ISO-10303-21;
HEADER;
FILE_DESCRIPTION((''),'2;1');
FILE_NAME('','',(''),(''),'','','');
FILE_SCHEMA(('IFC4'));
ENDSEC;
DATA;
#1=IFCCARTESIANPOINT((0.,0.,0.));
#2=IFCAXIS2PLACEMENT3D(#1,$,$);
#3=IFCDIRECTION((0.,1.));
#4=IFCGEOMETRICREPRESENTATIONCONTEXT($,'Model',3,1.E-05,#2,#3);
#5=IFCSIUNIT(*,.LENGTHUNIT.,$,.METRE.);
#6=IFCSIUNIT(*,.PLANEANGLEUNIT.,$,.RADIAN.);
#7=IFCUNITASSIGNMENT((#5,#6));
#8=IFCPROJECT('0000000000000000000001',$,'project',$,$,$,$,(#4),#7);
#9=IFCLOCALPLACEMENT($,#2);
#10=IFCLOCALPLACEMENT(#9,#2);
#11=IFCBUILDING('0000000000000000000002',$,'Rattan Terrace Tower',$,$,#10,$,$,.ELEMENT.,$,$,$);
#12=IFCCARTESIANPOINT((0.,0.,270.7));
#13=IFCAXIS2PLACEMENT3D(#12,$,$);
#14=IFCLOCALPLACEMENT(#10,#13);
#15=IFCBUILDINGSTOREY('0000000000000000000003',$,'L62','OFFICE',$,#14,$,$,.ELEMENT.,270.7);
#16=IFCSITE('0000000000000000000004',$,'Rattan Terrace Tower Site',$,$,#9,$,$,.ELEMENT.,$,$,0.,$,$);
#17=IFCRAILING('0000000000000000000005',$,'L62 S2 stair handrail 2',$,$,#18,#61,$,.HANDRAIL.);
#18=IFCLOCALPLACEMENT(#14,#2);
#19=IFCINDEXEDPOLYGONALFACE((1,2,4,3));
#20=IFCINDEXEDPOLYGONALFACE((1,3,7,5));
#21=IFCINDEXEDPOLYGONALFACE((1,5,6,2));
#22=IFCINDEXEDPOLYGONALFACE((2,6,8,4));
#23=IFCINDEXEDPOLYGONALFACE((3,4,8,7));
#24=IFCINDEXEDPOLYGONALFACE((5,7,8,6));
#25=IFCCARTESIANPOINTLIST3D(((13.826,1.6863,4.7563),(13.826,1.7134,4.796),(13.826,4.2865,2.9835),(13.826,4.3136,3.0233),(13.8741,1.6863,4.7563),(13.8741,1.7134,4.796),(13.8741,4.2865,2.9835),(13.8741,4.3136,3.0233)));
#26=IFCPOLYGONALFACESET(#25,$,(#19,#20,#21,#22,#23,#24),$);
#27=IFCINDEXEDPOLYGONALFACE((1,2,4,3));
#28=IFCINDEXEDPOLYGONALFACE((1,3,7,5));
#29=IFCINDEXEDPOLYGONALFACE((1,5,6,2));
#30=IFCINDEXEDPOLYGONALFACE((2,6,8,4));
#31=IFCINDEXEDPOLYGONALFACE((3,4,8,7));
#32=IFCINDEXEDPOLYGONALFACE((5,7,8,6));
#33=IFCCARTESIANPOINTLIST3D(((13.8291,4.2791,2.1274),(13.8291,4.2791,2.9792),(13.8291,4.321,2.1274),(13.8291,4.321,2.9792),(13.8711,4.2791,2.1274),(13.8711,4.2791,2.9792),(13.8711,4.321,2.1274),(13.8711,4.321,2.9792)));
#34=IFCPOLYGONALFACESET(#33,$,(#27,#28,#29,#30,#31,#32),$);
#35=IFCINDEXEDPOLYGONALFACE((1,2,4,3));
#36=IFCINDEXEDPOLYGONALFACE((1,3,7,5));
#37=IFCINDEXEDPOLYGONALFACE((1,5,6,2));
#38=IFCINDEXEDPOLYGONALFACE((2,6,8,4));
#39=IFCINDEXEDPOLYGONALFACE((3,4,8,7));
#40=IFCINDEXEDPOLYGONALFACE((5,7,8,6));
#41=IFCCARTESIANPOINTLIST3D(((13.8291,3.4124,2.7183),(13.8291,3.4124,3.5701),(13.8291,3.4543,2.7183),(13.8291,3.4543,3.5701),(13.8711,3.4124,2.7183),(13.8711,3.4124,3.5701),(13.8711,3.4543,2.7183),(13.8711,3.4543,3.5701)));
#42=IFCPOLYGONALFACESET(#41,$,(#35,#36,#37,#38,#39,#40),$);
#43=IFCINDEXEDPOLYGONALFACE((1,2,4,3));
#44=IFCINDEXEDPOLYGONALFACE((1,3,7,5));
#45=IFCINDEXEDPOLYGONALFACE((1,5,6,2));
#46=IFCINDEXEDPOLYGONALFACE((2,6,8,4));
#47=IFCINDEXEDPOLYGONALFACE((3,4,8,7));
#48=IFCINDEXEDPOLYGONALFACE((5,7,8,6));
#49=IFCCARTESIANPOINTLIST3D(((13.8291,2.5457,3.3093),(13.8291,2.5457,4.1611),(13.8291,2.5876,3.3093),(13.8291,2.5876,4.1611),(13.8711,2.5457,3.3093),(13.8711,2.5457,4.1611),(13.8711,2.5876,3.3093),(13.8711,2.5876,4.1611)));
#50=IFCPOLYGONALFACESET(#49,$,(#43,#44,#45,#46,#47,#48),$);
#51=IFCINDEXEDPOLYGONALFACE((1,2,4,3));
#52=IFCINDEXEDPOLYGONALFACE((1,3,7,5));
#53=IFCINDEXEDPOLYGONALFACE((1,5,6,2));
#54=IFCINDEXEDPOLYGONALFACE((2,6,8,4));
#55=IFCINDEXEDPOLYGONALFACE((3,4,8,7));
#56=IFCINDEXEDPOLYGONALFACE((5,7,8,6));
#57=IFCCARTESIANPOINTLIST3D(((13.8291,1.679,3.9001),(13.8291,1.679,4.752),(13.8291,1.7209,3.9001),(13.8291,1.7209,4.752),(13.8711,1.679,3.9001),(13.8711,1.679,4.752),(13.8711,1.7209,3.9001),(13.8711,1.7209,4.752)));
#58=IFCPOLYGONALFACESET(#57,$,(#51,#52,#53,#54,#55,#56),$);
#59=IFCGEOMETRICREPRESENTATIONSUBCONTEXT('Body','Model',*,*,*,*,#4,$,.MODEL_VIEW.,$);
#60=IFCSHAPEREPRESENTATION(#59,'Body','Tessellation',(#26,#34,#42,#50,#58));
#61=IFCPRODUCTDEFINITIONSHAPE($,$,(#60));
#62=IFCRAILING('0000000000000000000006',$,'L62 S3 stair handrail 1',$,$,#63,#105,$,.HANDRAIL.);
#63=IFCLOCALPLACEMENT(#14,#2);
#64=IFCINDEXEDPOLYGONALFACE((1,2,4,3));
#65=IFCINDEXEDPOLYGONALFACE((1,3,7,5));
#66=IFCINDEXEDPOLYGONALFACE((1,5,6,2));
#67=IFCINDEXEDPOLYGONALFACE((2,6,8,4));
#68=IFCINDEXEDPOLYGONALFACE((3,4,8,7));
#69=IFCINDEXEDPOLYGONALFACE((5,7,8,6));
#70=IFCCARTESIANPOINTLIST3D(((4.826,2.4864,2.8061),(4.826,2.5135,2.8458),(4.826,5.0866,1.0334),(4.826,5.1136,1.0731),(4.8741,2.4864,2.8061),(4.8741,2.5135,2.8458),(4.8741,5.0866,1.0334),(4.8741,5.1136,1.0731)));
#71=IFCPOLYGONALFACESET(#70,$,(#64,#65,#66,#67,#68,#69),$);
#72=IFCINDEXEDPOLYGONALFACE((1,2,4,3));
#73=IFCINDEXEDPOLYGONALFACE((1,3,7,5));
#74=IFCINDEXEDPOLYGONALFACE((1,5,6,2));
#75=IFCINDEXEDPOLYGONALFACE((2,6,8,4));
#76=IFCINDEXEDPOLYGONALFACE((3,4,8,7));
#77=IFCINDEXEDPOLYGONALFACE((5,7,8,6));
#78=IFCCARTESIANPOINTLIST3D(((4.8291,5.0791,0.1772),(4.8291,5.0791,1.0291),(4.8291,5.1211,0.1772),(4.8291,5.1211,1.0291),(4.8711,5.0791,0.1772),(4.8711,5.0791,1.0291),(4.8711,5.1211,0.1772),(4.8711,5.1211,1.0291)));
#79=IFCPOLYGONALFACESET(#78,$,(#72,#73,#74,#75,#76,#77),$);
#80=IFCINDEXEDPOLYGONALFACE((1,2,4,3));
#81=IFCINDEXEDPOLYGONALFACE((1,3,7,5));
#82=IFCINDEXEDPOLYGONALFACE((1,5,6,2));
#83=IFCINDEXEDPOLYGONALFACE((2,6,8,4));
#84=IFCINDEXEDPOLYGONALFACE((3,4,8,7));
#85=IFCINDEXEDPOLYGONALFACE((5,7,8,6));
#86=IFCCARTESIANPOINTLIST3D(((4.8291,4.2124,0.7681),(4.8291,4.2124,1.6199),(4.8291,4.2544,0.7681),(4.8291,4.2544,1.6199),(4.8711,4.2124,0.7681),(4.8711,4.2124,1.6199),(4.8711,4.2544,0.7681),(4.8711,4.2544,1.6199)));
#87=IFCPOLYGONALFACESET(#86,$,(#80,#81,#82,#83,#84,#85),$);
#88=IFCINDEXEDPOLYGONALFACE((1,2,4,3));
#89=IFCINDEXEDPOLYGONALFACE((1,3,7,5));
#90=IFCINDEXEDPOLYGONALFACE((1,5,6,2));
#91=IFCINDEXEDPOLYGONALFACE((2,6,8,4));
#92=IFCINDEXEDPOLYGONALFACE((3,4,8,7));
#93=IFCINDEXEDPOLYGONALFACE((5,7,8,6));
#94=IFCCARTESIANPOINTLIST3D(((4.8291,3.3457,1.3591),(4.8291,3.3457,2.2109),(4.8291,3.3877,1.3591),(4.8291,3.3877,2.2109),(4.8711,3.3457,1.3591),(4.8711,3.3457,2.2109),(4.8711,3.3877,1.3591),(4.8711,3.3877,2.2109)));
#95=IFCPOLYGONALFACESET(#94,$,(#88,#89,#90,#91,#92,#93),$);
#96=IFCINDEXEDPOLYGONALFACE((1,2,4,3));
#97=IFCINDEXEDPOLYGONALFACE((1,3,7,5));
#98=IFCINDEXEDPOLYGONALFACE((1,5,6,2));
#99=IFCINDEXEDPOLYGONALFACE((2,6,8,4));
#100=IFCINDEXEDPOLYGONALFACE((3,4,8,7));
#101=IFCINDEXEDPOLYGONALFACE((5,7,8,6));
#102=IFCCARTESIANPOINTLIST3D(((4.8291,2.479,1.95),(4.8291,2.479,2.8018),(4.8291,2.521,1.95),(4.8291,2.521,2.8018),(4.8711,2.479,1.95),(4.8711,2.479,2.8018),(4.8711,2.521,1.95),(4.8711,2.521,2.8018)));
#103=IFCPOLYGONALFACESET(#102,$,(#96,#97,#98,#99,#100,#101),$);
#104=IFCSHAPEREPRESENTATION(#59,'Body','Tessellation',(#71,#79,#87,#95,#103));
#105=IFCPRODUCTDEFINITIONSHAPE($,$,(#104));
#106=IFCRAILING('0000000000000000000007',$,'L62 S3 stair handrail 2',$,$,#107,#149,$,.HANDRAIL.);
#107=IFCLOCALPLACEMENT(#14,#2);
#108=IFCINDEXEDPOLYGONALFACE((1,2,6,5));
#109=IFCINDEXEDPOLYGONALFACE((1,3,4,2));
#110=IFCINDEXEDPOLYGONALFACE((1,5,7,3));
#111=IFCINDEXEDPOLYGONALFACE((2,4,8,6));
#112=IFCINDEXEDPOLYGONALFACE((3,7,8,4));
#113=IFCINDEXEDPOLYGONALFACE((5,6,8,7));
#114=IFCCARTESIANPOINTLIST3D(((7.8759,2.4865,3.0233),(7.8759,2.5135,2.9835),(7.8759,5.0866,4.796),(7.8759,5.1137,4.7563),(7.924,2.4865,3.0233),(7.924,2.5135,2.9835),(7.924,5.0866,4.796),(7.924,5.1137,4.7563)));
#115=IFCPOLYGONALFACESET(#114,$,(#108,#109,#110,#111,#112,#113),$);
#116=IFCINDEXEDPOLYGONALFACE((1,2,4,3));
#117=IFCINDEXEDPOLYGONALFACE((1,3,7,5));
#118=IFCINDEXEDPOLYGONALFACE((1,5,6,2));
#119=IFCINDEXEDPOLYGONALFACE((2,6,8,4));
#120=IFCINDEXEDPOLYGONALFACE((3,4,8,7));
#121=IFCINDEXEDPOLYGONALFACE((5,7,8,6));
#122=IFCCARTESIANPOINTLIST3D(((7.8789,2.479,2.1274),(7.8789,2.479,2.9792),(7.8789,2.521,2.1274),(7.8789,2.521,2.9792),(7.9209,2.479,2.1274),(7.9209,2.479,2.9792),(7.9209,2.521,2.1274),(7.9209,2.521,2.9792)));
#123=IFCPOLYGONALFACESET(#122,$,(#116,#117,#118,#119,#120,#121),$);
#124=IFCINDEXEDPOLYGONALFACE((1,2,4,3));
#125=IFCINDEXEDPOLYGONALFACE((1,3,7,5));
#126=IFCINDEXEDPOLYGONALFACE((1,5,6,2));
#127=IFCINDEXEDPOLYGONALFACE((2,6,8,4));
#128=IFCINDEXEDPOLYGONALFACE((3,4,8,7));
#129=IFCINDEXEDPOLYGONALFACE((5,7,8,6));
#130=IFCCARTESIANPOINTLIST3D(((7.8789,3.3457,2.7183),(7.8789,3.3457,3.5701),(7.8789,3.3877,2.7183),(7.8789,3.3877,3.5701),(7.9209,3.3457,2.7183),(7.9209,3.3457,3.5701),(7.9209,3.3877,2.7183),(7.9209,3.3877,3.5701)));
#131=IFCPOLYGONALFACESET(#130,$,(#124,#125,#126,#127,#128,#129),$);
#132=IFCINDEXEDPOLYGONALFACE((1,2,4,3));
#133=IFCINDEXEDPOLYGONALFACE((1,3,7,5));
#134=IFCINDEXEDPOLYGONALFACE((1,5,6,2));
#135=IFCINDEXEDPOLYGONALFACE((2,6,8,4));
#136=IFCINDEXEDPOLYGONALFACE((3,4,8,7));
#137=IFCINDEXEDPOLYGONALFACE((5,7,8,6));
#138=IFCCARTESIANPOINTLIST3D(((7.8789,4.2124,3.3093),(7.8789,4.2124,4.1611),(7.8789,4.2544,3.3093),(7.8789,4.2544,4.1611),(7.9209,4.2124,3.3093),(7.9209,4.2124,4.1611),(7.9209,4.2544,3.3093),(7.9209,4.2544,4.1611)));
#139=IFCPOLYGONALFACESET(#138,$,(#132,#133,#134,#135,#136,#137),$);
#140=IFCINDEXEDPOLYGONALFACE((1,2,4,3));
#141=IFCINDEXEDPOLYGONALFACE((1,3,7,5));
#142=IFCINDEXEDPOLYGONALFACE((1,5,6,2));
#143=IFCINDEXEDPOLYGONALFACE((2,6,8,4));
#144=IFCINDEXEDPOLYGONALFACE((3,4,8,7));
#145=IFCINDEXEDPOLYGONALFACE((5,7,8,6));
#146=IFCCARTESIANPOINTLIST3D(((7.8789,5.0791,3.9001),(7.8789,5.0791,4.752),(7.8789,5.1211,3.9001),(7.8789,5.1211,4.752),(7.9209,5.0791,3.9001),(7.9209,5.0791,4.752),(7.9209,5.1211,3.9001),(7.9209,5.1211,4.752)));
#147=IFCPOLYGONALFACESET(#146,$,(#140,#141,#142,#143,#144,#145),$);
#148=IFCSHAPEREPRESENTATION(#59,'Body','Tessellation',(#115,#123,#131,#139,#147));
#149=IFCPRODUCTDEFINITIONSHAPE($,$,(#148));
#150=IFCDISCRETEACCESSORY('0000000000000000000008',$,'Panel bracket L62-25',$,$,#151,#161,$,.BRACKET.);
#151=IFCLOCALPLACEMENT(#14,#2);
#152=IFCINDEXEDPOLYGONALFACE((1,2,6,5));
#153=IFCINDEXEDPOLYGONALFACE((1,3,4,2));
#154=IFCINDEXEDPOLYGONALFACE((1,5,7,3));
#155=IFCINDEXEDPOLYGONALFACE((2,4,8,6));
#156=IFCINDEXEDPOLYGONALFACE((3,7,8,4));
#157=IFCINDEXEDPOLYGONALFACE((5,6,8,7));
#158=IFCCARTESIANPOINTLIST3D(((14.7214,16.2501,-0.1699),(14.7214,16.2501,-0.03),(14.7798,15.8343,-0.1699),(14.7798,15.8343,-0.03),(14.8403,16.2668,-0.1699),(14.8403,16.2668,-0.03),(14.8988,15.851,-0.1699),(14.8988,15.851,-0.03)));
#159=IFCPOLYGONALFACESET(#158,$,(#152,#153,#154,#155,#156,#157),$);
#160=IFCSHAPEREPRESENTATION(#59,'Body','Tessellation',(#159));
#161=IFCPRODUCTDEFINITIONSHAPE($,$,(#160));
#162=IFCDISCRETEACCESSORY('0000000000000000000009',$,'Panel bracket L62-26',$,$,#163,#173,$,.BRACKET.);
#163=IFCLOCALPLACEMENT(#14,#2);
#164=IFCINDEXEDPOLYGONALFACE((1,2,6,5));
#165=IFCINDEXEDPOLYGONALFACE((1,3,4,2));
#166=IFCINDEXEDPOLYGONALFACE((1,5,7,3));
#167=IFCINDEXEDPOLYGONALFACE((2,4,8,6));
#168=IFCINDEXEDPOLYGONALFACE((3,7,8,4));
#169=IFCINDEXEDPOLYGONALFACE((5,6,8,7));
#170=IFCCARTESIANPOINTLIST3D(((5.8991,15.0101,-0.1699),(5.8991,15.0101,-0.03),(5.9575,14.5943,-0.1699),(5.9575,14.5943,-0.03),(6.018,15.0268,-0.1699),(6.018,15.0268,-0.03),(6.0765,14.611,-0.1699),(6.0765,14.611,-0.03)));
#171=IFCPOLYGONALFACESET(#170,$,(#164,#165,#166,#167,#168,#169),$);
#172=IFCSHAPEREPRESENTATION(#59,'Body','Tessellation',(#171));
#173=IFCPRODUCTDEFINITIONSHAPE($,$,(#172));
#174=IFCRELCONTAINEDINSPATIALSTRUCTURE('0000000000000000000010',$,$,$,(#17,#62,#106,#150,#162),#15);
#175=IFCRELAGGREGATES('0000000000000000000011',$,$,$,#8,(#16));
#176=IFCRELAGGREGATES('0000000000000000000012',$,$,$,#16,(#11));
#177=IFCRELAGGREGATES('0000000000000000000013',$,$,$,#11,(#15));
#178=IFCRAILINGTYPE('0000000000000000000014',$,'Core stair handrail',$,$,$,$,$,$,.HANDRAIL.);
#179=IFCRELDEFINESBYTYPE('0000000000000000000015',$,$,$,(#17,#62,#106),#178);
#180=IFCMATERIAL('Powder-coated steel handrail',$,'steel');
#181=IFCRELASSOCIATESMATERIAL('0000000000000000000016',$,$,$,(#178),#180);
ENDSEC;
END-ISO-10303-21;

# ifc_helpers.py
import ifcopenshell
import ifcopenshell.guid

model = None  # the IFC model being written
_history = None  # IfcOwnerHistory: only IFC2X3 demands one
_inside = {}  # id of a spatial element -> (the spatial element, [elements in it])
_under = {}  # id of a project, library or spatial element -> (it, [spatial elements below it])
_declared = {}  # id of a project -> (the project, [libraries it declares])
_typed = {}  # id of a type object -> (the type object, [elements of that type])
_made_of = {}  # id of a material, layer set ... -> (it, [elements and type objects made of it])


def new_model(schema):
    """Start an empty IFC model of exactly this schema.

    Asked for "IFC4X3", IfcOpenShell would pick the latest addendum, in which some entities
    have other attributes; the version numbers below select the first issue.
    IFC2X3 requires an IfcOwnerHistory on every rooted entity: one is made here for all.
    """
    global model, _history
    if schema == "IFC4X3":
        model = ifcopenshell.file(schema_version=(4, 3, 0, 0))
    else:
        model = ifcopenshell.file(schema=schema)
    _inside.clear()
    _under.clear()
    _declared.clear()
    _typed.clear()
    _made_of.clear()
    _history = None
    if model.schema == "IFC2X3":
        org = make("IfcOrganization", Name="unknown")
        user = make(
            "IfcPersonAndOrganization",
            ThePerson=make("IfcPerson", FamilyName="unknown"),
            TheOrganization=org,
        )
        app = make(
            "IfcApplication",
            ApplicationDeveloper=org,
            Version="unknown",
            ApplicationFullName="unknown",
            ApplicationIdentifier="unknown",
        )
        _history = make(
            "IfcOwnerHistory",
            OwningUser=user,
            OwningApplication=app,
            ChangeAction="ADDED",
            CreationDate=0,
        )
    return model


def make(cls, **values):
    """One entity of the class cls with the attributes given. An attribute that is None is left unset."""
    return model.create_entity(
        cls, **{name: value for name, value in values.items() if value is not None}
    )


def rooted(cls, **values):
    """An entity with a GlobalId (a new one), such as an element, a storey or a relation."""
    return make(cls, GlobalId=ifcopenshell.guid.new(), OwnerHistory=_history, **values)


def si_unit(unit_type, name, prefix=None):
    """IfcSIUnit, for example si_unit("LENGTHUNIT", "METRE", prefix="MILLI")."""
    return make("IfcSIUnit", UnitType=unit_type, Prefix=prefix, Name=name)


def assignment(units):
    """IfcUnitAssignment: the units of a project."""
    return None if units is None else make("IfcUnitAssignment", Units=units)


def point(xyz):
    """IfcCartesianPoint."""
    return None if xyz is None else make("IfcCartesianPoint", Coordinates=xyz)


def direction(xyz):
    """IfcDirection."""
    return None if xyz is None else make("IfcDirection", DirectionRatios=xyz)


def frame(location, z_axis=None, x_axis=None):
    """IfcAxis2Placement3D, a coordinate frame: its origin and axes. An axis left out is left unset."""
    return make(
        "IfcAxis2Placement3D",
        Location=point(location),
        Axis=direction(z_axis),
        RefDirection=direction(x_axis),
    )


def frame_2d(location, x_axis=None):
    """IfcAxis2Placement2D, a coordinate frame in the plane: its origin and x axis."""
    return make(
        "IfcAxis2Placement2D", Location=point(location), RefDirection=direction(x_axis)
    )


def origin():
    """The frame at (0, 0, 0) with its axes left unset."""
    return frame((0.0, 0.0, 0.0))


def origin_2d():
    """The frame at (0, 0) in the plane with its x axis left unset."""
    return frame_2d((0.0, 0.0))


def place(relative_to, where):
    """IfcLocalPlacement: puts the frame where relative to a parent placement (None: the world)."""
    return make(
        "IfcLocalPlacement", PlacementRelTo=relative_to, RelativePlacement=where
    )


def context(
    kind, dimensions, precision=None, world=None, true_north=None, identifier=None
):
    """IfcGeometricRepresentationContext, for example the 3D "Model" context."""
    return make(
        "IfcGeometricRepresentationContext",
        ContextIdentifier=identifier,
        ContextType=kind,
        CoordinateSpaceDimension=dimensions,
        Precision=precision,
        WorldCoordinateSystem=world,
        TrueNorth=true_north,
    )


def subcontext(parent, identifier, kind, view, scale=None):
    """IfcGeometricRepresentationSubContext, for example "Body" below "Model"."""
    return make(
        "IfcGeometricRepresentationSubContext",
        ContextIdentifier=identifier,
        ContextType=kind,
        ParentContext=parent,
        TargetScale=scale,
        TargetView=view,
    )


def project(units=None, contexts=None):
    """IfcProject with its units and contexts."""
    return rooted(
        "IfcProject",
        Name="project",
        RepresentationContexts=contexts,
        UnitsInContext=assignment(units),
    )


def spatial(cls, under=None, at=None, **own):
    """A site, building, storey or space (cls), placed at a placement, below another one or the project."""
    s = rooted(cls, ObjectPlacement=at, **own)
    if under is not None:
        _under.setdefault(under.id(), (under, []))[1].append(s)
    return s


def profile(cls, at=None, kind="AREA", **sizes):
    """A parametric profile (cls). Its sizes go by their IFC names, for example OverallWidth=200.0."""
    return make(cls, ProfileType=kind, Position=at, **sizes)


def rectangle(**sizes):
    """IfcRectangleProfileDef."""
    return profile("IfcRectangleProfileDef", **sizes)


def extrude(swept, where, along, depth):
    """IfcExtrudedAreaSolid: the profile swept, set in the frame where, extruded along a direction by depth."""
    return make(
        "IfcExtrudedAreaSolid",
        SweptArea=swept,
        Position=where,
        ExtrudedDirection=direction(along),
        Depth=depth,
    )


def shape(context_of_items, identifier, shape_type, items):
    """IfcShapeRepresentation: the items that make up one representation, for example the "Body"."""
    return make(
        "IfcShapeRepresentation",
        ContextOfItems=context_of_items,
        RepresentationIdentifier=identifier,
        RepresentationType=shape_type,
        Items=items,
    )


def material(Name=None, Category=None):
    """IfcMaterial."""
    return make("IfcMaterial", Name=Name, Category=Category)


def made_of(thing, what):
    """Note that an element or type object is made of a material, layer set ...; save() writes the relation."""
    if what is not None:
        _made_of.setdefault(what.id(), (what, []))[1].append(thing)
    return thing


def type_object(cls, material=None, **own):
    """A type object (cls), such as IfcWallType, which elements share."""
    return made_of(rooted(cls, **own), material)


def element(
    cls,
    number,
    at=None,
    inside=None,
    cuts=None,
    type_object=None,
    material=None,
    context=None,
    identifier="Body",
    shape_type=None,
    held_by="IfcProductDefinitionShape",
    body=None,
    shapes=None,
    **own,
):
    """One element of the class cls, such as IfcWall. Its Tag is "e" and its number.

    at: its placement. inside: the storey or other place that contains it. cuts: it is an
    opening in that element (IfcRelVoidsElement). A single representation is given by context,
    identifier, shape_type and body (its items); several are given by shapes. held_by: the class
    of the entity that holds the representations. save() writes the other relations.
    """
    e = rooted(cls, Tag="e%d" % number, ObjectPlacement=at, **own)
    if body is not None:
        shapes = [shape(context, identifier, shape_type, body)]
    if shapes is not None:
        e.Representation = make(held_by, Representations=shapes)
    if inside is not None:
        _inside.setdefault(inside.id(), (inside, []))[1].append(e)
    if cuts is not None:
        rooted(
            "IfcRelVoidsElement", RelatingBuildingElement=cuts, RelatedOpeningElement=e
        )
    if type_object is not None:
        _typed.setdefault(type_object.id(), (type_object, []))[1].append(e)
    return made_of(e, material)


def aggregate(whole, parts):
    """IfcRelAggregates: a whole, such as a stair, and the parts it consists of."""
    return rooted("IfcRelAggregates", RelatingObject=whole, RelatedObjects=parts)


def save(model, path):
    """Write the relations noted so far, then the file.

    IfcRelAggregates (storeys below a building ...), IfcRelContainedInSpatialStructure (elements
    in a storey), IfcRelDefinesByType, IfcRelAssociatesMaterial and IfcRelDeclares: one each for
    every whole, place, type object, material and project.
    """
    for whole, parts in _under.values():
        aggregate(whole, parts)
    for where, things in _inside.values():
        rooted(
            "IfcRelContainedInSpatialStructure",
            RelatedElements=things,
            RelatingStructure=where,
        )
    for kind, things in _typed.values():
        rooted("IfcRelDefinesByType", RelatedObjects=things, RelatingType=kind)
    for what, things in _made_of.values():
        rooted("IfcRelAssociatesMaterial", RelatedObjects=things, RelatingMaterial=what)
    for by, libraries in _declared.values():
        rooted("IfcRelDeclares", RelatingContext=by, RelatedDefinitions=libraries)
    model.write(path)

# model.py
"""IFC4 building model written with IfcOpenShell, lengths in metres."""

from ifc_helpers import new_model, si_unit, direction, frame, origin, origin_2d, place, context, subcontext, project, spatial, rectangle, extrude, material, type_object, element, save


model = new_model("IFC4")

# Units and contexts
model_context = context("Model", 3, precision=1e-05, world=origin(), true_north=direction((0.0, 1.0)))
body_context = subcontext(model_context, "Body", "Model", "MODEL_VIEW")
ifc_project = project(units=[si_unit("LENGTHUNIT", "METRE"), si_unit("PLANEANGLEUNIT", "RADIAN")], contexts=[model_context])

# Site, building, storey
site_placement = place(None, origin())
site = spatial("IfcSite", under=ifc_project, at=site_placement, Name="Rattan Terrace Tower Site", CompositionType="ELEMENT", RefElevation=0.0)
building_placement = place(site_placement, origin())
building = spatial("IfcBuilding", under=site, at=building_placement, Name="Rattan Terrace Tower", CompositionType="ELEMENT")
storey_placement = place(building_placement, frame((0.0, 0.0, 270.7)))
storey = spatial("IfcBuildingStorey", under=building, at=storey_placement, Name="L62", Description="OFFICE", CompositionType="ELEMENT", Elevation=270.7)

# Railings
ifc_material_1 = material(Name="Powder-coated steel handrail", Category="steel")
railing_type_1 = type_object("IfcRailingType", Name="Core stair handrail", PredefinedType="HANDRAIL", material=ifc_material_1)
for number, where, name in (
    (1, (13.8501, 4.3, 2.1274), "L62 S2 stair handrail 2"),
    (2, (4.8501, 5.1001, 0.1772), "L62 S3 stair handrail 1"),
):
    element("IfcRailing", number, at=place(storey_placement, frame(where)), inside=storey, type_object=railing_type_1, Name=name, PredefinedType="HANDRAIL", context=body_context, shape_type="SweptSolid", body=[
        extrude(rectangle(XDim=0.0481, YDim=0.0481, at=origin_2d()), frame((0.0, 0.0, 0.876), z_axis=(0.0, -0.82624, 0.563318), x_axis=(1.0, 0.0, 0.0)), (0.0, 0.0, 1.0), 3.147),
        extrude(rectangle(XDim=0.042, YDim=0.042, at=origin_2d()), origin(), (0.0, 0.0, 1.0), 0.8518),
        extrude(rectangle(XDim=0.042, YDim=0.042, at=origin_2d()), frame((0.0, -0.8667, 0.5908)), (0.0, 0.0, 1.0), 0.8518),
        extrude(rectangle(XDim=0.042, YDim=0.042, at=origin_2d()), frame((0.0, -1.7334, 1.1819)), (0.0, 0.0, 1.0), 0.8518),
        extrude(rectangle(XDim=0.042, YDim=0.042, at=origin_2d()), frame((0.0, -2.6001, 1.7727)), (0.0, 0.0, 1.0), 0.8518),
    ])
railing_1_placement = place(storey_placement, frame((7.8999, 2.5, 2.1274)))
element("IfcRailing", 3, at=railing_1_placement, inside=storey, type_object=railing_type_1, Name="L62 S3 stair handrail 2", PredefinedType="HANDRAIL", context=body_context, shape_type="SweptSolid", body=[
    extrude(rectangle(XDim=0.0481, YDim=0.0481, at=origin_2d()), frame((0.0, 0.0, 0.876), z_axis=(0.0, 0.82624, 0.563318), x_axis=(-1.0, 0.0, 0.0)), (0.0, 0.0, 1.0), 3.147),
    extrude(rectangle(XDim=0.042, YDim=0.042, at=origin_2d()), origin(), (0.0, 0.0, 1.0), 0.8518),
    extrude(rectangle(XDim=0.042, YDim=0.042, at=origin_2d()), frame((0.0, 0.8667, 0.5908)), (0.0, 0.0, 1.0), 0.8518),
    extrude(rectangle(XDim=0.042, YDim=0.042, at=origin_2d()), frame((0.0, 1.7334, 1.1819)), (0.0, 0.0, 1.0), 0.8518),
    extrude(rectangle(XDim=0.042, YDim=0.042, at=origin_2d()), frame((0.0, 2.6001, 1.7727)), (0.0, 0.0, 1.0), 0.8518),
])

# Discrete accessories
for number, where, z_axis, x_axis, name in (
    (4, (14.8101, 16.0505, -0.1699), (0.0, 0.0, 1.0), (-0.990266, -0.139189, 0.0), "Panel bracket L62-25"),
    (5, (5.9878, 14.8105, -0.1699), (0.0, 0.0, 1.0), (-0.990266, -0.139189, 0.0), "Panel bracket L62-26"),
):
    element("IfcDiscreteAccessory", number, at=place(storey_placement, frame(where, z_axis=z_axis, x_axis=x_axis)), inside=storey, Name=name, PredefinedType="BRACKET", context=body_context, shape_type="SweptSolid", body=[
        extrude(rectangle(XDim=0.1201, YDim=0.4199, at=origin_2d()), origin(), (0.0, 0.0, 1.0), 0.1399),
    ])

save(model, "model.ifc")
